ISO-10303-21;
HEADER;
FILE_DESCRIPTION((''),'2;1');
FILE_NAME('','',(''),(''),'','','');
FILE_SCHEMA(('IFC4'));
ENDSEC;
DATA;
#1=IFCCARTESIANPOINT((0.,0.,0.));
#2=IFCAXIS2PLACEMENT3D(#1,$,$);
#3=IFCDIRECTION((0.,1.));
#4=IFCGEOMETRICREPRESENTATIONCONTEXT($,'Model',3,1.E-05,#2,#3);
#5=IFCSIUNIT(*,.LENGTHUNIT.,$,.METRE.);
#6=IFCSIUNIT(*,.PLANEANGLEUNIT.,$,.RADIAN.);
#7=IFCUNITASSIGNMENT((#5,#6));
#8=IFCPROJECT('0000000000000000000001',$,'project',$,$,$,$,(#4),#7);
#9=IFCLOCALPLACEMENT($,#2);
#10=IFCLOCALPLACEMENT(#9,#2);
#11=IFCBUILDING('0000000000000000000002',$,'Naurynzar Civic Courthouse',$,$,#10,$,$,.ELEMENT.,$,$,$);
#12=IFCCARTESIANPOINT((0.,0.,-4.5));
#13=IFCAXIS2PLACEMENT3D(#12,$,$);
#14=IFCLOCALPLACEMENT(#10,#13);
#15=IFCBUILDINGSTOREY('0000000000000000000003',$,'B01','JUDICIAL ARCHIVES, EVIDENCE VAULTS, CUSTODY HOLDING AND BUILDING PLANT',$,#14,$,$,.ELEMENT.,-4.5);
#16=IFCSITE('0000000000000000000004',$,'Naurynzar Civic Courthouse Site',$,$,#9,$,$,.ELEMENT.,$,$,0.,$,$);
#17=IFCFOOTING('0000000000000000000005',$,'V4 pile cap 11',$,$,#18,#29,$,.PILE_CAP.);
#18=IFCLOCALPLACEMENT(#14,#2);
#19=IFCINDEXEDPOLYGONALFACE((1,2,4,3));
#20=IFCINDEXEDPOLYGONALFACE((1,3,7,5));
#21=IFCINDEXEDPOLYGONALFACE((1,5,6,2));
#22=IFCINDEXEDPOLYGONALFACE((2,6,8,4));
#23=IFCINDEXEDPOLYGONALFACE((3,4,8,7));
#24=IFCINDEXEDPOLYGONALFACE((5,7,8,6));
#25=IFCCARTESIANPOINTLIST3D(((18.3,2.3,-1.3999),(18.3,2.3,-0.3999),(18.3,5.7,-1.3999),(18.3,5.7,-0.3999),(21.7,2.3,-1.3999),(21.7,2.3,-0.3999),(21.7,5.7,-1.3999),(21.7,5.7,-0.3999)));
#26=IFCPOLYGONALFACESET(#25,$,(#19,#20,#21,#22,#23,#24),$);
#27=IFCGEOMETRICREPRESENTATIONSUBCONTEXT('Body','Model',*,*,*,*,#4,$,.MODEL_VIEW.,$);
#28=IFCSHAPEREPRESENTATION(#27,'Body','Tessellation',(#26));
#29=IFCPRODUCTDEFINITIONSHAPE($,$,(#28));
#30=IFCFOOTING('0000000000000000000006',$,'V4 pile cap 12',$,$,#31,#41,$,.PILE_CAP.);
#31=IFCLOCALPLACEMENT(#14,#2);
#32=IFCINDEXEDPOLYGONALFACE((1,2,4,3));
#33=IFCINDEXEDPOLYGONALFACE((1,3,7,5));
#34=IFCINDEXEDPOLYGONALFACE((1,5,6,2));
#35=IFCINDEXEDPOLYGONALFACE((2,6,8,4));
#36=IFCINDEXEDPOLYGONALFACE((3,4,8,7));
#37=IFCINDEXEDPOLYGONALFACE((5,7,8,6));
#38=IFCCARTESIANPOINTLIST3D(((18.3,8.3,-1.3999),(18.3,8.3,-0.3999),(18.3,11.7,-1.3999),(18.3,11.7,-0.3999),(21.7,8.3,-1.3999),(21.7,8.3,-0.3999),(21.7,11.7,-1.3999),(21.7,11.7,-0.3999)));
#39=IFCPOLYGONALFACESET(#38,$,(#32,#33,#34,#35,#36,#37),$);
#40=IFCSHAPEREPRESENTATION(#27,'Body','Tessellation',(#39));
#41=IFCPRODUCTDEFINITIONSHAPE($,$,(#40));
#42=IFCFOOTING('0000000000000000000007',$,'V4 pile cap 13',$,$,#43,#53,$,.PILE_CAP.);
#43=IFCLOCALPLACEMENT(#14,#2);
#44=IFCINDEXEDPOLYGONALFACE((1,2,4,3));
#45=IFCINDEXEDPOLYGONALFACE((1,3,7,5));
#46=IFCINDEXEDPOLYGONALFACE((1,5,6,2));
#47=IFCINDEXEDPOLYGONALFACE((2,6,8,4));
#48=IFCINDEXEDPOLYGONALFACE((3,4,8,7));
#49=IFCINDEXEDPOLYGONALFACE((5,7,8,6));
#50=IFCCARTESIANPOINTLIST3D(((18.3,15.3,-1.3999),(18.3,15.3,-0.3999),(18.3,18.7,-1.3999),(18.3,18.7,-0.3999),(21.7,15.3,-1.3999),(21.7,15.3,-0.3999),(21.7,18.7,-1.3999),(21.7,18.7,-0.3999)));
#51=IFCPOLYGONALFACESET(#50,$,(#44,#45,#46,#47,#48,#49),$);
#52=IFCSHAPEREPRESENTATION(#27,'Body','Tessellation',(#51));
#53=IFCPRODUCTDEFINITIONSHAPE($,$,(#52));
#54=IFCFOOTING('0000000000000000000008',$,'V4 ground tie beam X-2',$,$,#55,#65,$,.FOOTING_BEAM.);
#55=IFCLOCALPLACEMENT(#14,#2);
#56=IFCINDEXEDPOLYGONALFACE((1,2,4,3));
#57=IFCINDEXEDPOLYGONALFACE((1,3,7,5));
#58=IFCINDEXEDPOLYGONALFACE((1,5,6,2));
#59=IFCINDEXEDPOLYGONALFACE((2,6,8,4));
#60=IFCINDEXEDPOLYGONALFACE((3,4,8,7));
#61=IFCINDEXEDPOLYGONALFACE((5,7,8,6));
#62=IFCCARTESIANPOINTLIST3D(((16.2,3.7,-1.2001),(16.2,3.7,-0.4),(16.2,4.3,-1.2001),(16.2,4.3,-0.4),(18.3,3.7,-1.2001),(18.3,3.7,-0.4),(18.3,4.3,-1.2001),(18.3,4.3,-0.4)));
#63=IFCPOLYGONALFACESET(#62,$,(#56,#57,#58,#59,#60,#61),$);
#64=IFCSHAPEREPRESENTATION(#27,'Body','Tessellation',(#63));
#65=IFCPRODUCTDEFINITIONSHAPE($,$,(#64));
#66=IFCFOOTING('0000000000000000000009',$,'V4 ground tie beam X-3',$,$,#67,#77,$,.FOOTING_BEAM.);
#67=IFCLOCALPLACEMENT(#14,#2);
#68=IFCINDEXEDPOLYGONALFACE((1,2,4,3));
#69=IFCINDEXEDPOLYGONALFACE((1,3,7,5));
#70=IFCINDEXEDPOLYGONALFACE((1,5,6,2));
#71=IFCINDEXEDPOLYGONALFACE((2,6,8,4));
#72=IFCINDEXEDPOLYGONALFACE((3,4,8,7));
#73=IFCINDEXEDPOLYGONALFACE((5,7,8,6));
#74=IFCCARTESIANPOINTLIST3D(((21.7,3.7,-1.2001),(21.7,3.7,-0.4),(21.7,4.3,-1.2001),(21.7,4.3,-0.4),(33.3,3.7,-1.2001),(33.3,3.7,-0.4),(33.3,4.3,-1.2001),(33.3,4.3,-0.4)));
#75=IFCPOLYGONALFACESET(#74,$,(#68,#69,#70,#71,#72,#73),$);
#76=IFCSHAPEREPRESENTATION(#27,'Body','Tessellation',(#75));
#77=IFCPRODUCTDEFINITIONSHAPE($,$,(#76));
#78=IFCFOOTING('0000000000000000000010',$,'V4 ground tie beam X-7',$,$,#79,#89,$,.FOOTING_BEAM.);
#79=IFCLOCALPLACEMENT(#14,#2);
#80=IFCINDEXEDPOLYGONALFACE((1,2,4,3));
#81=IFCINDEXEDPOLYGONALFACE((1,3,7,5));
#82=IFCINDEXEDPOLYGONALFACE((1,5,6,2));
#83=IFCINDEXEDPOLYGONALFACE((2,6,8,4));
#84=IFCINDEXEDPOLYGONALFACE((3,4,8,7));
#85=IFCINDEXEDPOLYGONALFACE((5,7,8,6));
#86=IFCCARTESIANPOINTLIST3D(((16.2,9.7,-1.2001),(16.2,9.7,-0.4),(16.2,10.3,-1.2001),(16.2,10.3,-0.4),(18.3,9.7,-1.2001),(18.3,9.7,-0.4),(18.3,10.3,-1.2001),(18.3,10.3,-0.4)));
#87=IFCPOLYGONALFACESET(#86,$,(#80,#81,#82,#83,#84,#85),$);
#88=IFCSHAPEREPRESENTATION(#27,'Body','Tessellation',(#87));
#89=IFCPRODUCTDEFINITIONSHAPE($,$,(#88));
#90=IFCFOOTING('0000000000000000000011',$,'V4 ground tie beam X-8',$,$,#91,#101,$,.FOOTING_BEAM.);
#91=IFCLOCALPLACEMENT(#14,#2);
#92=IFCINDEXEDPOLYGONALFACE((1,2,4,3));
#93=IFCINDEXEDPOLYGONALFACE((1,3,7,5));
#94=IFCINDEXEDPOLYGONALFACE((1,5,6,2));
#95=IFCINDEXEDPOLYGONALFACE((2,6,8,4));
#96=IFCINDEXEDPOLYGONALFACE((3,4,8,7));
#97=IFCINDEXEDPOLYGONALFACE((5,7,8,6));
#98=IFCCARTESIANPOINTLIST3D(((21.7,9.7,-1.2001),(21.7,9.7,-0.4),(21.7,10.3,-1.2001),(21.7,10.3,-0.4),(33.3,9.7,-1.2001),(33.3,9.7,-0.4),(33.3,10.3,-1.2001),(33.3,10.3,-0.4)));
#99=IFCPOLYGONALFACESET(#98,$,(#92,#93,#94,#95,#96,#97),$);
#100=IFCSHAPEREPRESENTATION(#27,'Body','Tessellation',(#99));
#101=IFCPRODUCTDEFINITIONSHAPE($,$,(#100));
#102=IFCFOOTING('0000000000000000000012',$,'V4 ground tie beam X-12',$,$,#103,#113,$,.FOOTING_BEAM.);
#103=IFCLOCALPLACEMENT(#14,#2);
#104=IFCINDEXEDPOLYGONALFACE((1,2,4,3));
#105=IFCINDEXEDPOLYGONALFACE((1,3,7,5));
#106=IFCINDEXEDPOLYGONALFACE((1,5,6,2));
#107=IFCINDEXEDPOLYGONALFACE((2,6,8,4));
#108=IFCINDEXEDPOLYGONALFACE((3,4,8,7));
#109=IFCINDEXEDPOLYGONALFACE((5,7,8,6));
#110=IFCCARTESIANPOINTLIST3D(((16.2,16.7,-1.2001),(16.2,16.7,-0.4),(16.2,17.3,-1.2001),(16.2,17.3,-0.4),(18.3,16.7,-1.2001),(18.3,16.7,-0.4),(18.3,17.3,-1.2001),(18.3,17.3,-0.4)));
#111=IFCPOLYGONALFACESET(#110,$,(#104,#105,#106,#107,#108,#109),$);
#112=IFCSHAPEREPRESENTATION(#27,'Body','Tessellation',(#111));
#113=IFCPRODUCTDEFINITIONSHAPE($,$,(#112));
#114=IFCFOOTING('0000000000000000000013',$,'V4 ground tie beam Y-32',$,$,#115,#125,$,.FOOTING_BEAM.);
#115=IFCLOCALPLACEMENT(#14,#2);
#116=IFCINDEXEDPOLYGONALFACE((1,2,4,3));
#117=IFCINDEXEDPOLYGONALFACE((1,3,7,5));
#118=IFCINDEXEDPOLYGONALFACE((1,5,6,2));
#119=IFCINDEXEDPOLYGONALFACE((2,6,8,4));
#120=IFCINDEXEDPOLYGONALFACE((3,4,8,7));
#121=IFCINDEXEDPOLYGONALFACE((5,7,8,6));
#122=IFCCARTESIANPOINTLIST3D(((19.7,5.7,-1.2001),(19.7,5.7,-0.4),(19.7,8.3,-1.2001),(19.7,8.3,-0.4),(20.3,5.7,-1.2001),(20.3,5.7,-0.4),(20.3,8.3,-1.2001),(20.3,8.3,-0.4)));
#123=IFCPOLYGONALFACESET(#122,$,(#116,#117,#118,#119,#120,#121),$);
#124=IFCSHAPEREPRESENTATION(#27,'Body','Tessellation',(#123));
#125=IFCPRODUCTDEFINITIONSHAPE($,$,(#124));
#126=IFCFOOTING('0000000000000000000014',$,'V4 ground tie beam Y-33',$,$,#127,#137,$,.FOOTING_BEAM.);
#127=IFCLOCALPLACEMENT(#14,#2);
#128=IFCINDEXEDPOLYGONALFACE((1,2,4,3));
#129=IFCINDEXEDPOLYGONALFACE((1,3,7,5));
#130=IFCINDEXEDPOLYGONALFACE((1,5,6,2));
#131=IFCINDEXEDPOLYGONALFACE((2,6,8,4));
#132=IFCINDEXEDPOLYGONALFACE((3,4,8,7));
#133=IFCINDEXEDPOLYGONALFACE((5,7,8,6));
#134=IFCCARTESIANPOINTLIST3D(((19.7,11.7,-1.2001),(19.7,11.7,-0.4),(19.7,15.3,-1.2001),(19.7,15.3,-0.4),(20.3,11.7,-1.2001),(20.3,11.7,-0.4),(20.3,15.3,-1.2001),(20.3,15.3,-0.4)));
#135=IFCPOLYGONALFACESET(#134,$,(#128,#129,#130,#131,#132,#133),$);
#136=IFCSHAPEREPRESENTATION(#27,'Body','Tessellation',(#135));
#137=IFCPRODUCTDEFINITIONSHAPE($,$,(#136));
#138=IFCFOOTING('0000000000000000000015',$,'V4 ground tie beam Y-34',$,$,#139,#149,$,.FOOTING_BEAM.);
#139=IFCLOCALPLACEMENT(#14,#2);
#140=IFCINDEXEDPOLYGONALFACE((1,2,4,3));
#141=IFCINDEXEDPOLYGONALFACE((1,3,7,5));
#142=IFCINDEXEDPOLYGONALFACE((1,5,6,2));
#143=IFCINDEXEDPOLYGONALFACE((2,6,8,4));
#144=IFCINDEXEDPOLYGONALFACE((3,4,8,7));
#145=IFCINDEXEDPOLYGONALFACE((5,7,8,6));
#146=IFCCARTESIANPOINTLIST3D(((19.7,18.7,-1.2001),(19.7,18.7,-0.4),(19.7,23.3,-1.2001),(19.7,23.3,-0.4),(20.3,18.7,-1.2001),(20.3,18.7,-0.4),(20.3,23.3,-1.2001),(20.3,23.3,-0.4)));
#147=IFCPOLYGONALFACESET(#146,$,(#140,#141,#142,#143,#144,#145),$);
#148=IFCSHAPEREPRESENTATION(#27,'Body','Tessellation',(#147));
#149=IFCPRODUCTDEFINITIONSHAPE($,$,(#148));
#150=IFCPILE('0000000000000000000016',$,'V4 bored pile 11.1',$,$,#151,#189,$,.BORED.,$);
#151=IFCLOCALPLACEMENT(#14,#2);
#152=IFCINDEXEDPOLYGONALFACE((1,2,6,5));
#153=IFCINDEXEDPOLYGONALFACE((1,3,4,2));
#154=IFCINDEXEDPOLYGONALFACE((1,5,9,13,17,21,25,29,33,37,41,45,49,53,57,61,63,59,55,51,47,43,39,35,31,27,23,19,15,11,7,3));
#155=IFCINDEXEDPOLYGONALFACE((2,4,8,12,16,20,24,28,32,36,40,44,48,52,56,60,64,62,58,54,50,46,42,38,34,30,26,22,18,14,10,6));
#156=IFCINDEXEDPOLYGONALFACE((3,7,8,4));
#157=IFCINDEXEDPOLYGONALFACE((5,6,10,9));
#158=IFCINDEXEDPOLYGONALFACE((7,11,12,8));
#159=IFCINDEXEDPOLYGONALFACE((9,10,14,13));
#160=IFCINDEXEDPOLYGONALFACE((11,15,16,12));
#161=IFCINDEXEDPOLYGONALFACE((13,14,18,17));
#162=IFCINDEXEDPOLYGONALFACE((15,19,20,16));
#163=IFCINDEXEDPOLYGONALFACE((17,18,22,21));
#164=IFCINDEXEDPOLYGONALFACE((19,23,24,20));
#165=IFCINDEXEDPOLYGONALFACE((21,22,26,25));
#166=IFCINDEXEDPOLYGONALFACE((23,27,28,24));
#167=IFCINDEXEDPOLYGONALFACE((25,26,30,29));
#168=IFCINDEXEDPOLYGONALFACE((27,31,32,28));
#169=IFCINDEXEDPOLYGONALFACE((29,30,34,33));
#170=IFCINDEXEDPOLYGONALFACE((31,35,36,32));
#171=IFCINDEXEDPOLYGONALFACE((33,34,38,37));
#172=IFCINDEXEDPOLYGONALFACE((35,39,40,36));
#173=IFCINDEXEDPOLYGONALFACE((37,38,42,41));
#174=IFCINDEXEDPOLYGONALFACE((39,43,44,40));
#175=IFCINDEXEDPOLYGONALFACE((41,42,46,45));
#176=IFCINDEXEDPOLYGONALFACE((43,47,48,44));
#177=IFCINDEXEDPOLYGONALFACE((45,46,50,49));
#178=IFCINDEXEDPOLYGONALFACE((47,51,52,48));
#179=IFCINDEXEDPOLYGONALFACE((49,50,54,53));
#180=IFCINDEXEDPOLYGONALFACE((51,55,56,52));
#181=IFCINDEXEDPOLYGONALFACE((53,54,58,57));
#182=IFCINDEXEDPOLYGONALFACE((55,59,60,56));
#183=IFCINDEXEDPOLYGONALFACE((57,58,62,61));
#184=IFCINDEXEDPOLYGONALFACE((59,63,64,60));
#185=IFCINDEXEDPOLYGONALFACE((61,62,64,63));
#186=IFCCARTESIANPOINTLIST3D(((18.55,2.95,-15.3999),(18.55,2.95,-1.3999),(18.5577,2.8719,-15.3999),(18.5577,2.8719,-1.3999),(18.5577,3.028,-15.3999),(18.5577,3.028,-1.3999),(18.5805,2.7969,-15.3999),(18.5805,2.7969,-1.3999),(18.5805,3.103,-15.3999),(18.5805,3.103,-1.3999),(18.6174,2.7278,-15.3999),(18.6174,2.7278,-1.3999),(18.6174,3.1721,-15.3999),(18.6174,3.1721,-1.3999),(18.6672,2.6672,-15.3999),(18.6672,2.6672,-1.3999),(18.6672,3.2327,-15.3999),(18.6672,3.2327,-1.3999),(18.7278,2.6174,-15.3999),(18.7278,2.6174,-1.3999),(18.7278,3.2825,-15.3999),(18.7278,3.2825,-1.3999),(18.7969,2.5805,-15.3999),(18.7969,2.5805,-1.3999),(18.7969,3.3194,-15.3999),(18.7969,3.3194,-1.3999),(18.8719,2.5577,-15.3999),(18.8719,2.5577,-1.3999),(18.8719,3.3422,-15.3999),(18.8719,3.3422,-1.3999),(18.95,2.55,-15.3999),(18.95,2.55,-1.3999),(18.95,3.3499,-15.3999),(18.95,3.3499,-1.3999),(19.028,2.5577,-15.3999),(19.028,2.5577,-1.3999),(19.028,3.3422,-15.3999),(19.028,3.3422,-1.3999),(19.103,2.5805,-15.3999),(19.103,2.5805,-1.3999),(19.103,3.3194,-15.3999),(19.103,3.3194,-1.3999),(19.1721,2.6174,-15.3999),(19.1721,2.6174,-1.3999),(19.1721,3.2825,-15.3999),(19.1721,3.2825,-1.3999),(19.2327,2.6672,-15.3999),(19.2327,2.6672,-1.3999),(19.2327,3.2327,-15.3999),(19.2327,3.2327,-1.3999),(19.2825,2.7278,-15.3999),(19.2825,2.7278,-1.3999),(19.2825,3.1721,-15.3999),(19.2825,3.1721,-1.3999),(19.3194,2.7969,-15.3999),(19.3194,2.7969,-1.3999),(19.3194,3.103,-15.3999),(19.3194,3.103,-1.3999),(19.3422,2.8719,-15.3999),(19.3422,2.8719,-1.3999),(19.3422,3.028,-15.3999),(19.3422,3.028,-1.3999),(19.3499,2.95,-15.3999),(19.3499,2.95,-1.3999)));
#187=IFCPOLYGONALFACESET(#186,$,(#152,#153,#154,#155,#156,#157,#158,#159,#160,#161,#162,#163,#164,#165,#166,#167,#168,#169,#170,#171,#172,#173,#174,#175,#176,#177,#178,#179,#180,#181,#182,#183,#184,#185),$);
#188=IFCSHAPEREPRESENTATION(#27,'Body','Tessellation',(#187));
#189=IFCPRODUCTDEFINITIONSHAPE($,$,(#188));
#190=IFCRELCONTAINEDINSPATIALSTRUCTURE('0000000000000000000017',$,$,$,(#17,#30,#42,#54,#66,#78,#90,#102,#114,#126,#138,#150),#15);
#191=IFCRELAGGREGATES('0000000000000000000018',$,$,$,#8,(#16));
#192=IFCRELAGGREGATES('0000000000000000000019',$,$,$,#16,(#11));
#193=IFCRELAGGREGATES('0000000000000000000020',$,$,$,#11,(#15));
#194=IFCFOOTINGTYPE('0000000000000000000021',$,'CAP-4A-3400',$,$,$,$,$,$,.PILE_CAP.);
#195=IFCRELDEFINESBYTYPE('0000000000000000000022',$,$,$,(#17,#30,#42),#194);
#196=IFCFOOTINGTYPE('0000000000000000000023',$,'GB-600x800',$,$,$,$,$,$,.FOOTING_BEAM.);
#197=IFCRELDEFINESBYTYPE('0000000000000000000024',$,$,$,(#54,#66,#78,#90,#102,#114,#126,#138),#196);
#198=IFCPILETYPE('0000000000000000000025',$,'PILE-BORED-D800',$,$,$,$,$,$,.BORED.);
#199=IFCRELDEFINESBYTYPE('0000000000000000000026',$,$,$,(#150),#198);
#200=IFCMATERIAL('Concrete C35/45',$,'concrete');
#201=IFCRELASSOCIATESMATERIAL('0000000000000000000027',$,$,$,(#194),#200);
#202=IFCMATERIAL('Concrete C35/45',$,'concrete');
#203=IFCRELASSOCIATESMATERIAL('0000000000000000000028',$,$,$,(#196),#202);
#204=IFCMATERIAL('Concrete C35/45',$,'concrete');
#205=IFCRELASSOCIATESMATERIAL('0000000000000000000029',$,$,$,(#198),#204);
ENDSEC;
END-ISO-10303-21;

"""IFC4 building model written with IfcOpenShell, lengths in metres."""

from ifc_helpers import new_model, si_unit, direction, frame, origin, origin_2d, place, context, subcontext, project, spatial, rectangle, circle, extrude, material, material_profile, profile_set, type_object, element, save


model = new_model("IFC4")

# Units and contexts
model_context = context("Model", 3, precision=1e-05, world=origin(), true_north=direction((0.0, 1.0)))
body_context = subcontext(model_context, "Body", "Model", "MODEL_VIEW")
ifc_project = project(units=[si_unit("LENGTHUNIT", "METRE"), si_unit("PLANEANGLEUNIT", "RADIAN")], contexts=[model_context])

# Site, building, storey
site_placement = place(None, origin())
site = spatial("IfcSite", under=ifc_project, at=site_placement, Name="Naurynzar Civic Courthouse Site", CompositionType="ELEMENT", RefElevation=0.0)
building_placement = place(site_placement, origin())
building = spatial("IfcBuilding", under=site, at=building_placement, Name="Naurynzar Civic Courthouse", CompositionType="ELEMENT")
storey_placement = place(building_placement, frame((0.0, 0.0, -4.5)))
storey = spatial("IfcBuildingStorey", under=building, at=storey_placement, Name="B01", Description="JUDICIAL ARCHIVES, EVIDENCE VAULTS, CUSTODY HOLDING AND BUILDING PLANT", CompositionType="ELEMENT", Elevation=-4.5)

# Footings
ifc_material_1 = material(Name="Concrete C35/45", Category="concrete")
footing_type_1 = type_object("IfcFootingType", Name="CAP-4A-3400", PredefinedType="PILE_CAP", material=ifc_material_1)
for number, where, z_axis, x_axis, name in (
    (1, (20.0, 4.0, -1.3999), (0.0, 0.0, 1.0), (1.0, 0.0, 0.0), "V4 pile cap 11"),
    (2, (20.0, 10.0, -1.3999), (0.0, 0.0, 1.0), (1.0, 0.0, 0.0), "V4 pile cap 12"),
    (3, (20.0, 17.0, -1.3999), (0.0, 0.0, 1.0), (1.0, 0.0, 0.0), "V4 pile cap 13"),
):
    element("IfcFooting", number, at=place(storey_placement, frame(where, z_axis=z_axis, x_axis=x_axis)), inside=storey, type_object=footing_type_1, Name=name, PredefinedType="PILE_CAP", context=body_context, shape_type="SweptSolid", body=[
        extrude(rectangle(XDim=3.3999, YDim=3.3999, at=origin_2d()), origin(), (0.0, 0.0, 1.0), 1.0),
    ])
ifc_material_2 = material(Name="Concrete C35/45", Category="concrete")
ifc_material_profile_1 = material_profile(ifc_material_2, rectangle(XDim=0.6001, YDim=0.8, at=origin_2d()), Name="GB 600x800")
ifc_profile_set_1 = profile_set([ifc_material_profile_1], Name="Concrete C35/45")
footing_type_2 = type_object("IfcFootingType", Name="GB-600x800", PredefinedType="FOOTING_BEAM", material=ifc_profile_set_1)
footing_1_placement = place(storey_placement, frame((16.2, 4.0, -0.8), z_axis=(1.0, 0.0, 0.0), x_axis=(0.0, 1.0, 0.0)))
element("IfcFooting", 4, at=footing_1_placement, inside=storey, type_object=footing_type_2, Name="V4 ground tie beam X-2", PredefinedType="FOOTING_BEAM", context=body_context, shape_type="SweptSolid", body=[
    extrude(rectangle(XDim=0.6001, YDim=0.8, at=origin_2d()), origin(), (0.0, 0.0, 1.0), 2.1001),
])
footing_2_placement = place(storey_placement, frame((21.7, 4.0, -0.8), z_axis=(1.0, 0.0, 0.0), x_axis=(0.0, 1.0, 0.0)))
element("IfcFooting", 5, at=footing_2_placement, inside=storey, type_object=footing_type_2, Name="V4 ground tie beam X-3", PredefinedType="FOOTING_BEAM", context=body_context, shape_type="SweptSolid", body=[
    extrude(rectangle(XDim=0.6001, YDim=0.8, at=origin_2d()), origin(), (0.0, 0.0, 1.0), 11.6001),
])
footing_3_placement = place(storey_placement, frame((16.2, 10.0, -0.8), z_axis=(1.0, 0.0, 0.0), x_axis=(0.0, 1.0, 0.0)))
element("IfcFooting", 6, at=footing_3_placement, inside=storey, type_object=footing_type_2, Name="V4 ground tie beam X-7", PredefinedType="FOOTING_BEAM", context=body_context, shape_type="SweptSolid", body=[
    extrude(rectangle(XDim=0.6001, YDim=0.8, at=origin_2d()), origin(), (0.0, 0.0, 1.0), 2.1001),
])
footing_4_placement = place(storey_placement, frame((21.7, 10.0, -0.8), z_axis=(1.0, 0.0, 0.0), x_axis=(0.0, 1.0, 0.0)))
element("IfcFooting", 7, at=footing_4_placement, inside=storey, type_object=footing_type_2, Name="V4 ground tie beam X-8", PredefinedType="FOOTING_BEAM", context=body_context, shape_type="SweptSolid", body=[
    extrude(rectangle(XDim=0.6001, YDim=0.8, at=origin_2d()), origin(), (0.0, 0.0, 1.0), 11.6001),
])
footing_5_placement = place(storey_placement, frame((16.2, 17.0, -0.8), z_axis=(1.0, 0.0, 0.0), x_axis=(0.0, 1.0, 0.0)))
element("IfcFooting", 8, at=footing_5_placement, inside=storey, type_object=footing_type_2, Name="V4 ground tie beam X-12", PredefinedType="FOOTING_BEAM", context=body_context, shape_type="SweptSolid", body=[
    extrude(rectangle(XDim=0.6001, YDim=0.8, at=origin_2d()), origin(), (0.0, 0.0, 1.0), 2.1001),
])
footing_6_placement = place(storey_placement, frame((20.0, 5.7, -0.8), z_axis=(0.0, 1.0, 0.0), x_axis=(-1.0, 0.0, 0.0)))
element("IfcFooting", 9, at=footing_6_placement, inside=storey, type_object=footing_type_2, Name="V4 ground tie beam Y-32", PredefinedType="FOOTING_BEAM", context=body_context, shape_type="SweptSolid", body=[
    extrude(rectangle(XDim=0.6001, YDim=0.8, at=origin_2d()), origin(), (0.0, 0.0, 1.0), 2.6001),
])
footing_7_placement = place(storey_placement, frame((20.0, 11.7, -0.8), z_axis=(0.0, 1.0, 0.0), x_axis=(-1.0, 0.0, 0.0)))
element("IfcFooting", 10, at=footing_7_placement, inside=storey, type_object=footing_type_2, Name="V4 ground tie beam Y-33", PredefinedType="FOOTING_BEAM", context=body_context, shape_type="SweptSolid", body=[
    extrude(rectangle(XDim=0.6001, YDim=0.8, at=origin_2d()), origin(), (0.0, 0.0, 1.0), 3.6001),
])
footing_8_placement = place(storey_placement, frame((20.0, 18.7, -0.8), z_axis=(0.0, 1.0, 0.0), x_axis=(-1.0, 0.0, 0.0)))
element("IfcFooting", 11, at=footing_8_placement, inside=storey, type_object=footing_type_2, Name="V4 ground tie beam Y-34", PredefinedType="FOOTING_BEAM", context=body_context, shape_type="SweptSolid", body=[
    extrude(rectangle(XDim=0.6001, YDim=0.8, at=origin_2d()), origin(), (0.0, 0.0, 1.0), 4.6001),
])

# Pile
ifc_material_3 = material(Name="Concrete C35/45", Category="concrete")
ifc_material_profile_2 = material_profile(ifc_material_3, circle(Radius=0.3999, at=origin_2d()), Name="PILE D800")
ifc_profile_set_2 = profile_set([ifc_material_profile_2], Name="Concrete C35/45")
pile_type = type_object("IfcPileType", Name="PILE-BORED-D800", PredefinedType="BORED", material=ifc_profile_set_2)
for number, where, z_axis, x_axis, name in (
    (12, (18.95, 2.95, -1.3999), (0.0, 0.0, -1.0), (1.0, 0.0, 0.0), "V4 bored pile 11.1"),
):
    element("IfcPile", number, at=place(storey_placement, frame(where, z_axis=z_axis, x_axis=x_axis)), inside=storey, type_object=pile_type, Name=name, PredefinedType="BORED", context=body_context, shape_type="SweptSolid", body=[
        extrude(circle(Radius=0.3999, at=origin_2d()), origin(), (0.0, 0.0, 1.0), 14.0),
    ])

save(model, "model.ifc")
